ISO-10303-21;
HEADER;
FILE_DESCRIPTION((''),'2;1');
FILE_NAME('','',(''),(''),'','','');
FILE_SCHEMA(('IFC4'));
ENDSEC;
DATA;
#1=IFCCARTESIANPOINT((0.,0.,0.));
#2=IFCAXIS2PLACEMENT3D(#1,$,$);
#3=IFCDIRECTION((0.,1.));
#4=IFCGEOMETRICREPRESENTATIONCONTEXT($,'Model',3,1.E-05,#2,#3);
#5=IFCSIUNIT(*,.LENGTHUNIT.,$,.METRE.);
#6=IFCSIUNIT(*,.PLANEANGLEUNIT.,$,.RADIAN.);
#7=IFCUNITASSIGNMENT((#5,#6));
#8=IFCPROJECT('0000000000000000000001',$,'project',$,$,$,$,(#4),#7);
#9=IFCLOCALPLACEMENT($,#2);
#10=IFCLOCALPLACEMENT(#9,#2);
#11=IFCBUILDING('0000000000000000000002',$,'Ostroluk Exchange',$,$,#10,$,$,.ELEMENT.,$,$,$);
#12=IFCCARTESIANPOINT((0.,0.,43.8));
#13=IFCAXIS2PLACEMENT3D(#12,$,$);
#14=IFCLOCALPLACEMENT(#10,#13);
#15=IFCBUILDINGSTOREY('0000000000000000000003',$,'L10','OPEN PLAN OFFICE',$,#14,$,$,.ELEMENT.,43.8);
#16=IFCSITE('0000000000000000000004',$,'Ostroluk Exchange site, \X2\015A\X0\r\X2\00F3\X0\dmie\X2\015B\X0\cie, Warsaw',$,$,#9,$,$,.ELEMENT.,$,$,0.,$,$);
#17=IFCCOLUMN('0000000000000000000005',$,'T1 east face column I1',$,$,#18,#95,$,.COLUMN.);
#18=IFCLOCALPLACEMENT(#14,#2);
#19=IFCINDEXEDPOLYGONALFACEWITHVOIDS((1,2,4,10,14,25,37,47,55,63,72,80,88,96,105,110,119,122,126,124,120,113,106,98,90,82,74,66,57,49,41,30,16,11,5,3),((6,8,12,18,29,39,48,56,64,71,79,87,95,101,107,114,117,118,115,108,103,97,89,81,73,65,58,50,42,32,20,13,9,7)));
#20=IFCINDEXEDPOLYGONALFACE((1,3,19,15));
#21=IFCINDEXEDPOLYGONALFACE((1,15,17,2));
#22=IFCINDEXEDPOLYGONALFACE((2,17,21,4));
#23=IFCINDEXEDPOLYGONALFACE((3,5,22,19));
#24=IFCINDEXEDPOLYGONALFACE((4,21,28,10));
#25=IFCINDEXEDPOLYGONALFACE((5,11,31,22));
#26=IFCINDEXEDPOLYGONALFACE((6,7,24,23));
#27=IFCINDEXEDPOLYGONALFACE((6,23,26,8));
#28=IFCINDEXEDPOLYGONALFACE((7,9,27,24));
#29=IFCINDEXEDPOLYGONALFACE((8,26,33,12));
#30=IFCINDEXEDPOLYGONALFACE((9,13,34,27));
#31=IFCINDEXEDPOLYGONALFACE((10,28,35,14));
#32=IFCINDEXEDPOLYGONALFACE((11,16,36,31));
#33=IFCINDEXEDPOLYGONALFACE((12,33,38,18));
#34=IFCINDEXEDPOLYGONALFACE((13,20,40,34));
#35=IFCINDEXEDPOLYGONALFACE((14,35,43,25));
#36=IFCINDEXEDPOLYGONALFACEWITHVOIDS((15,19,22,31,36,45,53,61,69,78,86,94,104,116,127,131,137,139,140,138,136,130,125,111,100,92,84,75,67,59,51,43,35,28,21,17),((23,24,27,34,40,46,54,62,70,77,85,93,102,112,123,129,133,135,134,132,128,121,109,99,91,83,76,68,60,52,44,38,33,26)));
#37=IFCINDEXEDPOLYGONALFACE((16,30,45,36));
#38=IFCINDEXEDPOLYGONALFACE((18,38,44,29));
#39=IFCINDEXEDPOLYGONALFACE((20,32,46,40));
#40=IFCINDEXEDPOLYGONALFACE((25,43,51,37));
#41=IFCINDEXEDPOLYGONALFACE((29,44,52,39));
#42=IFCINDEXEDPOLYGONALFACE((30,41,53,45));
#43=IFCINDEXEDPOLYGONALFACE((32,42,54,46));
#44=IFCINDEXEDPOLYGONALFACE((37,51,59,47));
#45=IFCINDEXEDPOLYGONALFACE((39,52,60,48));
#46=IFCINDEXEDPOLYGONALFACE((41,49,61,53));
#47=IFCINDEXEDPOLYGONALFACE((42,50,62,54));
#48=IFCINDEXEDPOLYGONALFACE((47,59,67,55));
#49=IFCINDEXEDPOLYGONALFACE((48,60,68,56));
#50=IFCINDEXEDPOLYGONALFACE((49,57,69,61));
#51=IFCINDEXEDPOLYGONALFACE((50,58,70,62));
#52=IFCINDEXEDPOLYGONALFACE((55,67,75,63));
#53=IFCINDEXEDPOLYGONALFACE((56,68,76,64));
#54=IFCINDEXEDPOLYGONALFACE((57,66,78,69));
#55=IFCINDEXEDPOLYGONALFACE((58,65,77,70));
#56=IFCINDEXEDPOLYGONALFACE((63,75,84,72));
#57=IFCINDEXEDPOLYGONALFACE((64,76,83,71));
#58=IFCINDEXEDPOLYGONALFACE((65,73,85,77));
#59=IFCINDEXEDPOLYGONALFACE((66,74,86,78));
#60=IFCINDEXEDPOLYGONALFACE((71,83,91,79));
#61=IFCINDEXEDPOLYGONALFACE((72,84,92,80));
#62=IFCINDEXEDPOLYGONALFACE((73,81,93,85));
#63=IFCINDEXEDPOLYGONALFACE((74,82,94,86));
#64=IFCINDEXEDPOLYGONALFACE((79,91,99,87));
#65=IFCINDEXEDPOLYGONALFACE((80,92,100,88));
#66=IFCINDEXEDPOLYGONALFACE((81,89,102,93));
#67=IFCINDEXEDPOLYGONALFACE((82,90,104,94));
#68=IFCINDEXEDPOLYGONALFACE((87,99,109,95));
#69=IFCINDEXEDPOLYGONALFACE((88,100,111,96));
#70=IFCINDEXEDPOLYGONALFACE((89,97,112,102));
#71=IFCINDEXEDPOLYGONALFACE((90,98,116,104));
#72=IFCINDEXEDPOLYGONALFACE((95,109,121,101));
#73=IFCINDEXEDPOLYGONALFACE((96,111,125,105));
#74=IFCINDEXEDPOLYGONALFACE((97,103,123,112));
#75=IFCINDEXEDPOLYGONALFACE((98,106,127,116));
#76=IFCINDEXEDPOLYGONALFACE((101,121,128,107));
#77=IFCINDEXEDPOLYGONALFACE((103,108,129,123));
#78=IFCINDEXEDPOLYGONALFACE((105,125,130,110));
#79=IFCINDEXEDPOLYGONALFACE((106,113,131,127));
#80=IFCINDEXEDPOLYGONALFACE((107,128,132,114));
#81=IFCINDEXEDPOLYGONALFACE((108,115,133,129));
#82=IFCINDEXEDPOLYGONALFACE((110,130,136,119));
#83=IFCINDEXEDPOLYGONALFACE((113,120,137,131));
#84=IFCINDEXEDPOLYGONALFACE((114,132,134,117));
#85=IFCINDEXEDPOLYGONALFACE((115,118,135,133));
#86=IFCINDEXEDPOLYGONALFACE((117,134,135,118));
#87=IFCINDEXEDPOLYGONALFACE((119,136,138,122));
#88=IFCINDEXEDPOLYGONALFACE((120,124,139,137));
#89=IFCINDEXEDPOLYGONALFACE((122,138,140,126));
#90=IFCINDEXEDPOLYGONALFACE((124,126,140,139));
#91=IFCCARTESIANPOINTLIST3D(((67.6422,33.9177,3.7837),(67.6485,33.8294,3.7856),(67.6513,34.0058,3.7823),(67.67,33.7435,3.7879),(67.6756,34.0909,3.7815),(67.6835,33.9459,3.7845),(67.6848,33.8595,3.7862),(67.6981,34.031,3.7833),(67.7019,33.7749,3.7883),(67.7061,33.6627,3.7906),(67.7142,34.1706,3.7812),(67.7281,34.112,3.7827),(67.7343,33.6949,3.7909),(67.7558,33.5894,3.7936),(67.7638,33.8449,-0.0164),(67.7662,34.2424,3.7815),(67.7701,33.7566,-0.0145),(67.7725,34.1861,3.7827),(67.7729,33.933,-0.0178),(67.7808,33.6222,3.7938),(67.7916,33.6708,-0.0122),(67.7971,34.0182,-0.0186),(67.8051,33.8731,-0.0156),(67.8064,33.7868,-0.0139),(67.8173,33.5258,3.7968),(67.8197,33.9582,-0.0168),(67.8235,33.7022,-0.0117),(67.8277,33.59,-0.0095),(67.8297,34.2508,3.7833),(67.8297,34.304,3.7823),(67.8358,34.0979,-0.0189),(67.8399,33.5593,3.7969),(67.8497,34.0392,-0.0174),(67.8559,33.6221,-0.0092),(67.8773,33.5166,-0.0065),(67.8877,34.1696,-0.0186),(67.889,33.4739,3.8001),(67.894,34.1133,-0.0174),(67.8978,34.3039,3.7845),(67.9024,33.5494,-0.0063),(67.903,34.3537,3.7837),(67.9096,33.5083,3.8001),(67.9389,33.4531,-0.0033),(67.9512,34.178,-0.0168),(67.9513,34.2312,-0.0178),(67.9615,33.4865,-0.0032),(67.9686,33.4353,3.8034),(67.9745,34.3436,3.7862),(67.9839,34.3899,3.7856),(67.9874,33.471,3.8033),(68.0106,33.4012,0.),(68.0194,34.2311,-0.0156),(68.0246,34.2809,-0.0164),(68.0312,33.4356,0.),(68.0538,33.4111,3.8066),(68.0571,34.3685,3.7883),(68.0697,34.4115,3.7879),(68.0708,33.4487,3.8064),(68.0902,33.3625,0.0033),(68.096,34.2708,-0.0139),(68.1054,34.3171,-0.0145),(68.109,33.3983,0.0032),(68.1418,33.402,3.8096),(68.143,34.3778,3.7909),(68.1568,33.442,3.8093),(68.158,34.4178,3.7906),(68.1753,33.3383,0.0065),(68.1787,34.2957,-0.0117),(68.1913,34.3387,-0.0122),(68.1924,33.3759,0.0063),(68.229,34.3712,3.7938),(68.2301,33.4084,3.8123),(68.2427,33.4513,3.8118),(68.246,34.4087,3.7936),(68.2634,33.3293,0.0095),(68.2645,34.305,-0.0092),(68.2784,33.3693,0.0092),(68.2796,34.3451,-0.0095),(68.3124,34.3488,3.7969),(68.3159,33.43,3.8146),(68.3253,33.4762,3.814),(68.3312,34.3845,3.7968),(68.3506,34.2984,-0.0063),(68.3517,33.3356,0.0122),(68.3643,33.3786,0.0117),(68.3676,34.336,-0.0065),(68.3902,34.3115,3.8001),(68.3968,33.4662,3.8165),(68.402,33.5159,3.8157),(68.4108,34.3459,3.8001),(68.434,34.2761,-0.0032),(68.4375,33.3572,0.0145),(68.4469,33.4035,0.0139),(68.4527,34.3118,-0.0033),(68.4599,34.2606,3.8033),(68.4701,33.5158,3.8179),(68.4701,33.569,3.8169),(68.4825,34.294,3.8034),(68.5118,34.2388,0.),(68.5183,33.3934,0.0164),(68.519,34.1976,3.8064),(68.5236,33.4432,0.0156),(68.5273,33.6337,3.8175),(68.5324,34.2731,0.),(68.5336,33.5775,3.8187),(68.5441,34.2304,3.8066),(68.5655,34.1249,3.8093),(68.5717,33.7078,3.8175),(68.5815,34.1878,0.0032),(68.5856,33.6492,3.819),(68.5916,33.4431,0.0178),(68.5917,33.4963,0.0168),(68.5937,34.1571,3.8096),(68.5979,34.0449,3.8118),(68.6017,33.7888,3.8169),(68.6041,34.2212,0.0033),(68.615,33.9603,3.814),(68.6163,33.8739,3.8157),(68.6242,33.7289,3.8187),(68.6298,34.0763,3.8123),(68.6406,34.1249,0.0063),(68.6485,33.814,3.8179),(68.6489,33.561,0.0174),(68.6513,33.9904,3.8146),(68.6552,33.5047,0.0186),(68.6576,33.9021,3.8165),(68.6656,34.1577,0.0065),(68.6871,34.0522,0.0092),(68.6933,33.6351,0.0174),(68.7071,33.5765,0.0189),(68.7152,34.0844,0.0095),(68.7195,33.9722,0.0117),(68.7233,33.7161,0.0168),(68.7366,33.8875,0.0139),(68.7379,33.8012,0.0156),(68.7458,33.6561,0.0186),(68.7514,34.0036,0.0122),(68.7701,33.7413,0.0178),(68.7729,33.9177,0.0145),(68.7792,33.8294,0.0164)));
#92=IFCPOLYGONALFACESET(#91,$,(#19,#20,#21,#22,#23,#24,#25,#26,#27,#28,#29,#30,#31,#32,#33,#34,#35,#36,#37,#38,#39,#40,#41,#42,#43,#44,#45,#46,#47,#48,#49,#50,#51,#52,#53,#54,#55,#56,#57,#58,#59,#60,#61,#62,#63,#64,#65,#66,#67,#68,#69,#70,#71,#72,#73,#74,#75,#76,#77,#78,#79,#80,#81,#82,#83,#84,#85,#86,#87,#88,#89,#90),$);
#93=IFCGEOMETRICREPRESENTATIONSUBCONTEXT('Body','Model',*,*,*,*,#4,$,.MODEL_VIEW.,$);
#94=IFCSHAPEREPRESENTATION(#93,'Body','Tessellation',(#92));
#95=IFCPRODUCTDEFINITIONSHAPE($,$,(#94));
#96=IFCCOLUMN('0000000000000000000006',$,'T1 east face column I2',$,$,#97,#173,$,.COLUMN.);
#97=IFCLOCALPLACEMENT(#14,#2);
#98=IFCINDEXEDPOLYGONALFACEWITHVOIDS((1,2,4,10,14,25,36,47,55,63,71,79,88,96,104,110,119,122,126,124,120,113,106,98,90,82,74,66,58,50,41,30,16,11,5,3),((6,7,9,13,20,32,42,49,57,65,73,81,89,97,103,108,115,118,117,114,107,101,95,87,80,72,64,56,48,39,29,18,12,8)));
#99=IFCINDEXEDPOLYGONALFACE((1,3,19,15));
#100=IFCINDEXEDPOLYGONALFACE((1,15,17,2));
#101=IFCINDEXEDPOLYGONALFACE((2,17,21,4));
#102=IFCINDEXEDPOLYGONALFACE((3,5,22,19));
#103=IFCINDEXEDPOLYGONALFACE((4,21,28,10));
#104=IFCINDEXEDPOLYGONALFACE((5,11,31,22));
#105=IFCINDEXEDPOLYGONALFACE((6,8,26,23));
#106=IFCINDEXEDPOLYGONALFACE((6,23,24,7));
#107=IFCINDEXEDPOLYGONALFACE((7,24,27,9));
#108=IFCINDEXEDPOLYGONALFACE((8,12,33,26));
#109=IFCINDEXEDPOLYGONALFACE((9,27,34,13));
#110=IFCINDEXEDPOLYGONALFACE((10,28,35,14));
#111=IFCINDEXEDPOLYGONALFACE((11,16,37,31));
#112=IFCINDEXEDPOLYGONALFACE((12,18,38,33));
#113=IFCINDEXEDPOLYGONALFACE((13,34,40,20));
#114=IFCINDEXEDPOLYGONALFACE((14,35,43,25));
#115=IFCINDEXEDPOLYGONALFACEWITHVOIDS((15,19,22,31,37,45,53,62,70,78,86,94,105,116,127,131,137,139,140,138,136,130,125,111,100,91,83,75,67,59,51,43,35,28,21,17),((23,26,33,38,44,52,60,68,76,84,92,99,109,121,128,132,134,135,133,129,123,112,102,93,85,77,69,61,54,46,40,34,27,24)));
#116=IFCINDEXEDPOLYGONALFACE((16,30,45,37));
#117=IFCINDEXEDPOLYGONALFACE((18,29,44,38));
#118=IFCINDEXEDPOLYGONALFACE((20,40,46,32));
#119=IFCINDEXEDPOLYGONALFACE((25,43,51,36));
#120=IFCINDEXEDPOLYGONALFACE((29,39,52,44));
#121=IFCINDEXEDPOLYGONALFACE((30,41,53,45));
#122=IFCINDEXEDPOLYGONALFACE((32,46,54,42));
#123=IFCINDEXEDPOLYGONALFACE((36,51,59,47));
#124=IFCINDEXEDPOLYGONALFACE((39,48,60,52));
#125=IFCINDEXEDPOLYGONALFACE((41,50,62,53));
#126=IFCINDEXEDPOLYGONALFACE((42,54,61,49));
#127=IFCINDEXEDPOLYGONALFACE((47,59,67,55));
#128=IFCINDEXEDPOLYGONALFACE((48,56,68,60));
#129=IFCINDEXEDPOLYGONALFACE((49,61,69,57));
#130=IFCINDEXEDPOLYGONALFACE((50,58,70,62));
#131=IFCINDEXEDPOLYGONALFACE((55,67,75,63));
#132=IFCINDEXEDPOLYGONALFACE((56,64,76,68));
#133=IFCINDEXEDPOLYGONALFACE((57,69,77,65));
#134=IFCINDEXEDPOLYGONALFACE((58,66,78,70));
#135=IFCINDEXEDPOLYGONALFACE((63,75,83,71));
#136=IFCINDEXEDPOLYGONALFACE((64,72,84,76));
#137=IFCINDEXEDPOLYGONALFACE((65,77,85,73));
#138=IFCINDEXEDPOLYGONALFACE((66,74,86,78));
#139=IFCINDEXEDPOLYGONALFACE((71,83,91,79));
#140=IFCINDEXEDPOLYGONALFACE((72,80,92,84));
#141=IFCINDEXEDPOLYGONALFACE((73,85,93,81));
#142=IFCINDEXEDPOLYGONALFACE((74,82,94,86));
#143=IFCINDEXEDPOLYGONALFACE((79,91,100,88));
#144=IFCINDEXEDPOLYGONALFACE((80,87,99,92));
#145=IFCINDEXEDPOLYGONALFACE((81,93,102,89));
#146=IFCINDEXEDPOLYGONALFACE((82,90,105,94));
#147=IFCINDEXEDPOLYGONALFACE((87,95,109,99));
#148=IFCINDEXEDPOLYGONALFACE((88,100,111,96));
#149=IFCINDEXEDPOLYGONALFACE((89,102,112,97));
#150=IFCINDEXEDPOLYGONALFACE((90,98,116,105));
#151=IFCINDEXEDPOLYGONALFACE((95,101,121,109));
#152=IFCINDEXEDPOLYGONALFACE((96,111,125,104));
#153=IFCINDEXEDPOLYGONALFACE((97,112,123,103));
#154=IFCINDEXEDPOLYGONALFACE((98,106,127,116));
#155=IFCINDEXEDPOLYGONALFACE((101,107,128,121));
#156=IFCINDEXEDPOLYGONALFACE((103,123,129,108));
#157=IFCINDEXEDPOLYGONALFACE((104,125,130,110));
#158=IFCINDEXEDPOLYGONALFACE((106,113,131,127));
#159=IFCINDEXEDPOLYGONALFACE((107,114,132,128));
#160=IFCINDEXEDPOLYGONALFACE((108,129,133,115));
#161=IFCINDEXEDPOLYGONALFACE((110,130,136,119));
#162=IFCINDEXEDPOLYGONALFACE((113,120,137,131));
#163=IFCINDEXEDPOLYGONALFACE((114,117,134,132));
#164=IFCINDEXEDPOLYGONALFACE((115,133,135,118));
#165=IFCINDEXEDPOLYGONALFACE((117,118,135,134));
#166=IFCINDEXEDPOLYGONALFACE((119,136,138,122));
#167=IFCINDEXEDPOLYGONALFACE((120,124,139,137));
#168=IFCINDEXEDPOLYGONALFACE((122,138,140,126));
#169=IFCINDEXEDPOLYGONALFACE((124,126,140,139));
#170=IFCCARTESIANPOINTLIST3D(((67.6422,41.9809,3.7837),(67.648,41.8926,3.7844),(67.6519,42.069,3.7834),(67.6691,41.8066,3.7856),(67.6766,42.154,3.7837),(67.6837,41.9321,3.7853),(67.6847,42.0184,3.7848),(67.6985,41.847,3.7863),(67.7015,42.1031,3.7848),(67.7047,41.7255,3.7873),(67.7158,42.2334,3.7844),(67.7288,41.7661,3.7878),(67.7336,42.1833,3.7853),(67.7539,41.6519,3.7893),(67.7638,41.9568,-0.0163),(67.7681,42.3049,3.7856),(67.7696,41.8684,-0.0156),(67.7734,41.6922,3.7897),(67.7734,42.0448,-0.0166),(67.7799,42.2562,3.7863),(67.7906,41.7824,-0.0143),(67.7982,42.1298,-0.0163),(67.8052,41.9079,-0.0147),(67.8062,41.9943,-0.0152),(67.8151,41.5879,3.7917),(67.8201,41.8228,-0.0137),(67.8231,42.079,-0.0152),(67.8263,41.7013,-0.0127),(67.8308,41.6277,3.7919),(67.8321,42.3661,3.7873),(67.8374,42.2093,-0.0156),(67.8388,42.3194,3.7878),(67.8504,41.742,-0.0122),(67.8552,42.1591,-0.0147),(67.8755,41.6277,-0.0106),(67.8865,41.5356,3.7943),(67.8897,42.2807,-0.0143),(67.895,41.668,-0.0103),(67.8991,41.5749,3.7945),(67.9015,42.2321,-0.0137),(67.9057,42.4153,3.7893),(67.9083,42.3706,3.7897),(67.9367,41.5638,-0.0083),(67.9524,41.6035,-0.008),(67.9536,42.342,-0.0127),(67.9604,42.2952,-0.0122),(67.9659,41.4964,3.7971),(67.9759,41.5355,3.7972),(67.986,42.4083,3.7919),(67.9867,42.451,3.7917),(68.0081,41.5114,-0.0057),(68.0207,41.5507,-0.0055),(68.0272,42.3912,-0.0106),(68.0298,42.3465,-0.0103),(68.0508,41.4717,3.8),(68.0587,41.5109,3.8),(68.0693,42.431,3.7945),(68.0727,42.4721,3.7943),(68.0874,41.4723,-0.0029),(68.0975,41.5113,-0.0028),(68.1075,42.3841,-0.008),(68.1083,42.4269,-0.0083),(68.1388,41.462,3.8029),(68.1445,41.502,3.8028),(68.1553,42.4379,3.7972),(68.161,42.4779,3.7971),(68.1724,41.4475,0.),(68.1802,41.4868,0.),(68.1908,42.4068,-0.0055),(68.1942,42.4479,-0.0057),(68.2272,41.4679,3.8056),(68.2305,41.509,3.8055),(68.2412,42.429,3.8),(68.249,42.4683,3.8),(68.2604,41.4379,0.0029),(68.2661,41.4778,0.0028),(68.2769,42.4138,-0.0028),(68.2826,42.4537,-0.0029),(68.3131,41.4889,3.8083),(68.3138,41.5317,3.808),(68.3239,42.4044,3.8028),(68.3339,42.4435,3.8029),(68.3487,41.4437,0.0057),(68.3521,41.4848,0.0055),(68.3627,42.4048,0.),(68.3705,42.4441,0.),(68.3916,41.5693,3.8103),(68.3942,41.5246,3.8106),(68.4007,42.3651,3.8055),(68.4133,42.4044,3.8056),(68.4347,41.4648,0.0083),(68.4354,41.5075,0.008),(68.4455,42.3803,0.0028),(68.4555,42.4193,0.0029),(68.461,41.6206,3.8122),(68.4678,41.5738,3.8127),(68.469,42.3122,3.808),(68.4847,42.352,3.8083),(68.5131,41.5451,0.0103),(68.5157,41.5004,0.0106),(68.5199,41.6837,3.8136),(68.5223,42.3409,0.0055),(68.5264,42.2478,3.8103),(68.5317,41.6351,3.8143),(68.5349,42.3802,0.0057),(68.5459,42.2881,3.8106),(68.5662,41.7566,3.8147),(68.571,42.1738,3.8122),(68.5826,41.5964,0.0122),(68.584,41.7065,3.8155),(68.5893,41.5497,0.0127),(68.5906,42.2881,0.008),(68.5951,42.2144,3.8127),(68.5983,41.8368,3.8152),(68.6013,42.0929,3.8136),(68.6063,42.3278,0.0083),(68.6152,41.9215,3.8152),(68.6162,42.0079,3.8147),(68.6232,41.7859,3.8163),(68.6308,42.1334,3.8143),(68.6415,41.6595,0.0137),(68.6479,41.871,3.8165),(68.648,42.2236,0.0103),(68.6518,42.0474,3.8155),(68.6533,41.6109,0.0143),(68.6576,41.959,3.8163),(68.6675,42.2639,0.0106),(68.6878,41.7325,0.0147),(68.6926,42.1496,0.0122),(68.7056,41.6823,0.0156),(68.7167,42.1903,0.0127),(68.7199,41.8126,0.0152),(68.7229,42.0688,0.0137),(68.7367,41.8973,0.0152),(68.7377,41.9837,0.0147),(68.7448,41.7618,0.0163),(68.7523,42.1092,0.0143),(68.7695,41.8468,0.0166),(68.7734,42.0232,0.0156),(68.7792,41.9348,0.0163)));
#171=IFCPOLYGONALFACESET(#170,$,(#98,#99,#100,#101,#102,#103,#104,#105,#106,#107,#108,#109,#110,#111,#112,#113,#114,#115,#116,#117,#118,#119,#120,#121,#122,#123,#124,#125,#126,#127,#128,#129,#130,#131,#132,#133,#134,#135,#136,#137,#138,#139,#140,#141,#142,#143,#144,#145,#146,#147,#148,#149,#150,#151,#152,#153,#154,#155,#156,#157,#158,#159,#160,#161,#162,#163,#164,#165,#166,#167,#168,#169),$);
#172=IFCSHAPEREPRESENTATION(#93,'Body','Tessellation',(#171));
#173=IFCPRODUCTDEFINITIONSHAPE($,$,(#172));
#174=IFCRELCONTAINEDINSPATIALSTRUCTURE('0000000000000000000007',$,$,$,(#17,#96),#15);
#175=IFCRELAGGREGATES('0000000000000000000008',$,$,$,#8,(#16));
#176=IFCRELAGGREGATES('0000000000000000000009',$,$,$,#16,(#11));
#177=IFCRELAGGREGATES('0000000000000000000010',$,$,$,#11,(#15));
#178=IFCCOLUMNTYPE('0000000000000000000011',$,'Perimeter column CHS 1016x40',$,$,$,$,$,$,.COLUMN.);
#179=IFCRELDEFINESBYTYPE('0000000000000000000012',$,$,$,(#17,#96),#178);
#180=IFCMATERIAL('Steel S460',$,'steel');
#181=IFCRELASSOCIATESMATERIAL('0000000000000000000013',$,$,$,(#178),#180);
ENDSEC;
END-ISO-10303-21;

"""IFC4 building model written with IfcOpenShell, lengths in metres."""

from ifc_helpers import new_model, si_unit, direction, frame, origin, origin_2d, place, context, subcontext, project, spatial, hollow_circle, extrude, material, material_profile, profile_set, type_object, element, save


model = new_model("IFC4")

# Units and contexts
model_context = context("Model", 3, precision=1e-05, world=origin(), true_north=direction((0.0, 1.0)))
body_context = subcontext(model_context, "Body", "Model", "MODEL_VIEW")
ifc_project = project(units=[si_unit("LENGTHUNIT", "METRE"), si_unit("PLANEANGLEUNIT", "RADIAN")], contexts=[model_context])

# Site, building, storey
site_placement = place(None, origin())
site = spatial("IfcSite", under=ifc_project, at=site_placement, Name="Ostroluk Exchange site, Śródmieście, Warsaw", CompositionType="ELEMENT", RefElevation=0.0)
building_placement = place(site_placement, origin())
building = spatial("IfcBuilding", under=site, at=building_placement, Name="Ostroluk Exchange", CompositionType="ELEMENT")
storey_placement = place(building_placement, frame((0.0, 0.0, 43.8)))
storey = spatial("IfcBuildingStorey", under=building, at=storey_placement, Name="L10", Description="OPEN PLAN OFFICE", CompositionType="ELEMENT", Elevation=43.8)

# Columns
ifc_material_1 = material(Name="Steel S460", Category="steel")
ifc_material_profile_1 = material_profile(ifc_material_1, hollow_circle(Radius=0.5081, WallThickness=0.04, at=origin_2d()), Name="CHS 1016x40")
ifc_profile_set_1 = profile_set([ifc_material_profile_1], Name="Steel S460")
column_type = type_object("IfcColumnType", Name="Perimeter column CHS 1016x40", PredefinedType="COLUMN", material=ifc_profile_set_1)
column_1_placement = place(storey_placement, frame((68.2715, 33.8372, 0.0), z_axis=(-0.031973, 0.019132, 0.999306), x_axis=(-0.513482, -0.8581, 0.0)))
element("IfcColumn", 1, at=column_1_placement, inside=storey, type_object=column_type, Name="T1 east face column I1", PredefinedType="COLUMN", context=body_context, shape_type="SweptSolid", body=[
    extrude(hollow_circle(Radius=0.5081, WallThickness=0.04, at=origin_2d()), origin(), (0.0, 0.0, 1.0), 3.8027),
])
column_2_placement = place(storey_placement, frame((68.2715, 41.9458, 0.0), z_axis=(-0.031978, 0.006357, 0.999468), x_axis=(-0.19498, -0.980807, 0.0)))
element("IfcColumn", 2, at=column_2_placement, inside=storey, type_object=column_type, Name="T1 east face column I2", PredefinedType="COLUMN", context=body_context, shape_type="SweptSolid", body=[
    extrude(hollow_circle(Radius=0.5081, WallThickness=0.04, at=origin_2d()), origin(), (0.0, 0.0, 1.0), 3.802),
])

save(model, "model.ifc")
